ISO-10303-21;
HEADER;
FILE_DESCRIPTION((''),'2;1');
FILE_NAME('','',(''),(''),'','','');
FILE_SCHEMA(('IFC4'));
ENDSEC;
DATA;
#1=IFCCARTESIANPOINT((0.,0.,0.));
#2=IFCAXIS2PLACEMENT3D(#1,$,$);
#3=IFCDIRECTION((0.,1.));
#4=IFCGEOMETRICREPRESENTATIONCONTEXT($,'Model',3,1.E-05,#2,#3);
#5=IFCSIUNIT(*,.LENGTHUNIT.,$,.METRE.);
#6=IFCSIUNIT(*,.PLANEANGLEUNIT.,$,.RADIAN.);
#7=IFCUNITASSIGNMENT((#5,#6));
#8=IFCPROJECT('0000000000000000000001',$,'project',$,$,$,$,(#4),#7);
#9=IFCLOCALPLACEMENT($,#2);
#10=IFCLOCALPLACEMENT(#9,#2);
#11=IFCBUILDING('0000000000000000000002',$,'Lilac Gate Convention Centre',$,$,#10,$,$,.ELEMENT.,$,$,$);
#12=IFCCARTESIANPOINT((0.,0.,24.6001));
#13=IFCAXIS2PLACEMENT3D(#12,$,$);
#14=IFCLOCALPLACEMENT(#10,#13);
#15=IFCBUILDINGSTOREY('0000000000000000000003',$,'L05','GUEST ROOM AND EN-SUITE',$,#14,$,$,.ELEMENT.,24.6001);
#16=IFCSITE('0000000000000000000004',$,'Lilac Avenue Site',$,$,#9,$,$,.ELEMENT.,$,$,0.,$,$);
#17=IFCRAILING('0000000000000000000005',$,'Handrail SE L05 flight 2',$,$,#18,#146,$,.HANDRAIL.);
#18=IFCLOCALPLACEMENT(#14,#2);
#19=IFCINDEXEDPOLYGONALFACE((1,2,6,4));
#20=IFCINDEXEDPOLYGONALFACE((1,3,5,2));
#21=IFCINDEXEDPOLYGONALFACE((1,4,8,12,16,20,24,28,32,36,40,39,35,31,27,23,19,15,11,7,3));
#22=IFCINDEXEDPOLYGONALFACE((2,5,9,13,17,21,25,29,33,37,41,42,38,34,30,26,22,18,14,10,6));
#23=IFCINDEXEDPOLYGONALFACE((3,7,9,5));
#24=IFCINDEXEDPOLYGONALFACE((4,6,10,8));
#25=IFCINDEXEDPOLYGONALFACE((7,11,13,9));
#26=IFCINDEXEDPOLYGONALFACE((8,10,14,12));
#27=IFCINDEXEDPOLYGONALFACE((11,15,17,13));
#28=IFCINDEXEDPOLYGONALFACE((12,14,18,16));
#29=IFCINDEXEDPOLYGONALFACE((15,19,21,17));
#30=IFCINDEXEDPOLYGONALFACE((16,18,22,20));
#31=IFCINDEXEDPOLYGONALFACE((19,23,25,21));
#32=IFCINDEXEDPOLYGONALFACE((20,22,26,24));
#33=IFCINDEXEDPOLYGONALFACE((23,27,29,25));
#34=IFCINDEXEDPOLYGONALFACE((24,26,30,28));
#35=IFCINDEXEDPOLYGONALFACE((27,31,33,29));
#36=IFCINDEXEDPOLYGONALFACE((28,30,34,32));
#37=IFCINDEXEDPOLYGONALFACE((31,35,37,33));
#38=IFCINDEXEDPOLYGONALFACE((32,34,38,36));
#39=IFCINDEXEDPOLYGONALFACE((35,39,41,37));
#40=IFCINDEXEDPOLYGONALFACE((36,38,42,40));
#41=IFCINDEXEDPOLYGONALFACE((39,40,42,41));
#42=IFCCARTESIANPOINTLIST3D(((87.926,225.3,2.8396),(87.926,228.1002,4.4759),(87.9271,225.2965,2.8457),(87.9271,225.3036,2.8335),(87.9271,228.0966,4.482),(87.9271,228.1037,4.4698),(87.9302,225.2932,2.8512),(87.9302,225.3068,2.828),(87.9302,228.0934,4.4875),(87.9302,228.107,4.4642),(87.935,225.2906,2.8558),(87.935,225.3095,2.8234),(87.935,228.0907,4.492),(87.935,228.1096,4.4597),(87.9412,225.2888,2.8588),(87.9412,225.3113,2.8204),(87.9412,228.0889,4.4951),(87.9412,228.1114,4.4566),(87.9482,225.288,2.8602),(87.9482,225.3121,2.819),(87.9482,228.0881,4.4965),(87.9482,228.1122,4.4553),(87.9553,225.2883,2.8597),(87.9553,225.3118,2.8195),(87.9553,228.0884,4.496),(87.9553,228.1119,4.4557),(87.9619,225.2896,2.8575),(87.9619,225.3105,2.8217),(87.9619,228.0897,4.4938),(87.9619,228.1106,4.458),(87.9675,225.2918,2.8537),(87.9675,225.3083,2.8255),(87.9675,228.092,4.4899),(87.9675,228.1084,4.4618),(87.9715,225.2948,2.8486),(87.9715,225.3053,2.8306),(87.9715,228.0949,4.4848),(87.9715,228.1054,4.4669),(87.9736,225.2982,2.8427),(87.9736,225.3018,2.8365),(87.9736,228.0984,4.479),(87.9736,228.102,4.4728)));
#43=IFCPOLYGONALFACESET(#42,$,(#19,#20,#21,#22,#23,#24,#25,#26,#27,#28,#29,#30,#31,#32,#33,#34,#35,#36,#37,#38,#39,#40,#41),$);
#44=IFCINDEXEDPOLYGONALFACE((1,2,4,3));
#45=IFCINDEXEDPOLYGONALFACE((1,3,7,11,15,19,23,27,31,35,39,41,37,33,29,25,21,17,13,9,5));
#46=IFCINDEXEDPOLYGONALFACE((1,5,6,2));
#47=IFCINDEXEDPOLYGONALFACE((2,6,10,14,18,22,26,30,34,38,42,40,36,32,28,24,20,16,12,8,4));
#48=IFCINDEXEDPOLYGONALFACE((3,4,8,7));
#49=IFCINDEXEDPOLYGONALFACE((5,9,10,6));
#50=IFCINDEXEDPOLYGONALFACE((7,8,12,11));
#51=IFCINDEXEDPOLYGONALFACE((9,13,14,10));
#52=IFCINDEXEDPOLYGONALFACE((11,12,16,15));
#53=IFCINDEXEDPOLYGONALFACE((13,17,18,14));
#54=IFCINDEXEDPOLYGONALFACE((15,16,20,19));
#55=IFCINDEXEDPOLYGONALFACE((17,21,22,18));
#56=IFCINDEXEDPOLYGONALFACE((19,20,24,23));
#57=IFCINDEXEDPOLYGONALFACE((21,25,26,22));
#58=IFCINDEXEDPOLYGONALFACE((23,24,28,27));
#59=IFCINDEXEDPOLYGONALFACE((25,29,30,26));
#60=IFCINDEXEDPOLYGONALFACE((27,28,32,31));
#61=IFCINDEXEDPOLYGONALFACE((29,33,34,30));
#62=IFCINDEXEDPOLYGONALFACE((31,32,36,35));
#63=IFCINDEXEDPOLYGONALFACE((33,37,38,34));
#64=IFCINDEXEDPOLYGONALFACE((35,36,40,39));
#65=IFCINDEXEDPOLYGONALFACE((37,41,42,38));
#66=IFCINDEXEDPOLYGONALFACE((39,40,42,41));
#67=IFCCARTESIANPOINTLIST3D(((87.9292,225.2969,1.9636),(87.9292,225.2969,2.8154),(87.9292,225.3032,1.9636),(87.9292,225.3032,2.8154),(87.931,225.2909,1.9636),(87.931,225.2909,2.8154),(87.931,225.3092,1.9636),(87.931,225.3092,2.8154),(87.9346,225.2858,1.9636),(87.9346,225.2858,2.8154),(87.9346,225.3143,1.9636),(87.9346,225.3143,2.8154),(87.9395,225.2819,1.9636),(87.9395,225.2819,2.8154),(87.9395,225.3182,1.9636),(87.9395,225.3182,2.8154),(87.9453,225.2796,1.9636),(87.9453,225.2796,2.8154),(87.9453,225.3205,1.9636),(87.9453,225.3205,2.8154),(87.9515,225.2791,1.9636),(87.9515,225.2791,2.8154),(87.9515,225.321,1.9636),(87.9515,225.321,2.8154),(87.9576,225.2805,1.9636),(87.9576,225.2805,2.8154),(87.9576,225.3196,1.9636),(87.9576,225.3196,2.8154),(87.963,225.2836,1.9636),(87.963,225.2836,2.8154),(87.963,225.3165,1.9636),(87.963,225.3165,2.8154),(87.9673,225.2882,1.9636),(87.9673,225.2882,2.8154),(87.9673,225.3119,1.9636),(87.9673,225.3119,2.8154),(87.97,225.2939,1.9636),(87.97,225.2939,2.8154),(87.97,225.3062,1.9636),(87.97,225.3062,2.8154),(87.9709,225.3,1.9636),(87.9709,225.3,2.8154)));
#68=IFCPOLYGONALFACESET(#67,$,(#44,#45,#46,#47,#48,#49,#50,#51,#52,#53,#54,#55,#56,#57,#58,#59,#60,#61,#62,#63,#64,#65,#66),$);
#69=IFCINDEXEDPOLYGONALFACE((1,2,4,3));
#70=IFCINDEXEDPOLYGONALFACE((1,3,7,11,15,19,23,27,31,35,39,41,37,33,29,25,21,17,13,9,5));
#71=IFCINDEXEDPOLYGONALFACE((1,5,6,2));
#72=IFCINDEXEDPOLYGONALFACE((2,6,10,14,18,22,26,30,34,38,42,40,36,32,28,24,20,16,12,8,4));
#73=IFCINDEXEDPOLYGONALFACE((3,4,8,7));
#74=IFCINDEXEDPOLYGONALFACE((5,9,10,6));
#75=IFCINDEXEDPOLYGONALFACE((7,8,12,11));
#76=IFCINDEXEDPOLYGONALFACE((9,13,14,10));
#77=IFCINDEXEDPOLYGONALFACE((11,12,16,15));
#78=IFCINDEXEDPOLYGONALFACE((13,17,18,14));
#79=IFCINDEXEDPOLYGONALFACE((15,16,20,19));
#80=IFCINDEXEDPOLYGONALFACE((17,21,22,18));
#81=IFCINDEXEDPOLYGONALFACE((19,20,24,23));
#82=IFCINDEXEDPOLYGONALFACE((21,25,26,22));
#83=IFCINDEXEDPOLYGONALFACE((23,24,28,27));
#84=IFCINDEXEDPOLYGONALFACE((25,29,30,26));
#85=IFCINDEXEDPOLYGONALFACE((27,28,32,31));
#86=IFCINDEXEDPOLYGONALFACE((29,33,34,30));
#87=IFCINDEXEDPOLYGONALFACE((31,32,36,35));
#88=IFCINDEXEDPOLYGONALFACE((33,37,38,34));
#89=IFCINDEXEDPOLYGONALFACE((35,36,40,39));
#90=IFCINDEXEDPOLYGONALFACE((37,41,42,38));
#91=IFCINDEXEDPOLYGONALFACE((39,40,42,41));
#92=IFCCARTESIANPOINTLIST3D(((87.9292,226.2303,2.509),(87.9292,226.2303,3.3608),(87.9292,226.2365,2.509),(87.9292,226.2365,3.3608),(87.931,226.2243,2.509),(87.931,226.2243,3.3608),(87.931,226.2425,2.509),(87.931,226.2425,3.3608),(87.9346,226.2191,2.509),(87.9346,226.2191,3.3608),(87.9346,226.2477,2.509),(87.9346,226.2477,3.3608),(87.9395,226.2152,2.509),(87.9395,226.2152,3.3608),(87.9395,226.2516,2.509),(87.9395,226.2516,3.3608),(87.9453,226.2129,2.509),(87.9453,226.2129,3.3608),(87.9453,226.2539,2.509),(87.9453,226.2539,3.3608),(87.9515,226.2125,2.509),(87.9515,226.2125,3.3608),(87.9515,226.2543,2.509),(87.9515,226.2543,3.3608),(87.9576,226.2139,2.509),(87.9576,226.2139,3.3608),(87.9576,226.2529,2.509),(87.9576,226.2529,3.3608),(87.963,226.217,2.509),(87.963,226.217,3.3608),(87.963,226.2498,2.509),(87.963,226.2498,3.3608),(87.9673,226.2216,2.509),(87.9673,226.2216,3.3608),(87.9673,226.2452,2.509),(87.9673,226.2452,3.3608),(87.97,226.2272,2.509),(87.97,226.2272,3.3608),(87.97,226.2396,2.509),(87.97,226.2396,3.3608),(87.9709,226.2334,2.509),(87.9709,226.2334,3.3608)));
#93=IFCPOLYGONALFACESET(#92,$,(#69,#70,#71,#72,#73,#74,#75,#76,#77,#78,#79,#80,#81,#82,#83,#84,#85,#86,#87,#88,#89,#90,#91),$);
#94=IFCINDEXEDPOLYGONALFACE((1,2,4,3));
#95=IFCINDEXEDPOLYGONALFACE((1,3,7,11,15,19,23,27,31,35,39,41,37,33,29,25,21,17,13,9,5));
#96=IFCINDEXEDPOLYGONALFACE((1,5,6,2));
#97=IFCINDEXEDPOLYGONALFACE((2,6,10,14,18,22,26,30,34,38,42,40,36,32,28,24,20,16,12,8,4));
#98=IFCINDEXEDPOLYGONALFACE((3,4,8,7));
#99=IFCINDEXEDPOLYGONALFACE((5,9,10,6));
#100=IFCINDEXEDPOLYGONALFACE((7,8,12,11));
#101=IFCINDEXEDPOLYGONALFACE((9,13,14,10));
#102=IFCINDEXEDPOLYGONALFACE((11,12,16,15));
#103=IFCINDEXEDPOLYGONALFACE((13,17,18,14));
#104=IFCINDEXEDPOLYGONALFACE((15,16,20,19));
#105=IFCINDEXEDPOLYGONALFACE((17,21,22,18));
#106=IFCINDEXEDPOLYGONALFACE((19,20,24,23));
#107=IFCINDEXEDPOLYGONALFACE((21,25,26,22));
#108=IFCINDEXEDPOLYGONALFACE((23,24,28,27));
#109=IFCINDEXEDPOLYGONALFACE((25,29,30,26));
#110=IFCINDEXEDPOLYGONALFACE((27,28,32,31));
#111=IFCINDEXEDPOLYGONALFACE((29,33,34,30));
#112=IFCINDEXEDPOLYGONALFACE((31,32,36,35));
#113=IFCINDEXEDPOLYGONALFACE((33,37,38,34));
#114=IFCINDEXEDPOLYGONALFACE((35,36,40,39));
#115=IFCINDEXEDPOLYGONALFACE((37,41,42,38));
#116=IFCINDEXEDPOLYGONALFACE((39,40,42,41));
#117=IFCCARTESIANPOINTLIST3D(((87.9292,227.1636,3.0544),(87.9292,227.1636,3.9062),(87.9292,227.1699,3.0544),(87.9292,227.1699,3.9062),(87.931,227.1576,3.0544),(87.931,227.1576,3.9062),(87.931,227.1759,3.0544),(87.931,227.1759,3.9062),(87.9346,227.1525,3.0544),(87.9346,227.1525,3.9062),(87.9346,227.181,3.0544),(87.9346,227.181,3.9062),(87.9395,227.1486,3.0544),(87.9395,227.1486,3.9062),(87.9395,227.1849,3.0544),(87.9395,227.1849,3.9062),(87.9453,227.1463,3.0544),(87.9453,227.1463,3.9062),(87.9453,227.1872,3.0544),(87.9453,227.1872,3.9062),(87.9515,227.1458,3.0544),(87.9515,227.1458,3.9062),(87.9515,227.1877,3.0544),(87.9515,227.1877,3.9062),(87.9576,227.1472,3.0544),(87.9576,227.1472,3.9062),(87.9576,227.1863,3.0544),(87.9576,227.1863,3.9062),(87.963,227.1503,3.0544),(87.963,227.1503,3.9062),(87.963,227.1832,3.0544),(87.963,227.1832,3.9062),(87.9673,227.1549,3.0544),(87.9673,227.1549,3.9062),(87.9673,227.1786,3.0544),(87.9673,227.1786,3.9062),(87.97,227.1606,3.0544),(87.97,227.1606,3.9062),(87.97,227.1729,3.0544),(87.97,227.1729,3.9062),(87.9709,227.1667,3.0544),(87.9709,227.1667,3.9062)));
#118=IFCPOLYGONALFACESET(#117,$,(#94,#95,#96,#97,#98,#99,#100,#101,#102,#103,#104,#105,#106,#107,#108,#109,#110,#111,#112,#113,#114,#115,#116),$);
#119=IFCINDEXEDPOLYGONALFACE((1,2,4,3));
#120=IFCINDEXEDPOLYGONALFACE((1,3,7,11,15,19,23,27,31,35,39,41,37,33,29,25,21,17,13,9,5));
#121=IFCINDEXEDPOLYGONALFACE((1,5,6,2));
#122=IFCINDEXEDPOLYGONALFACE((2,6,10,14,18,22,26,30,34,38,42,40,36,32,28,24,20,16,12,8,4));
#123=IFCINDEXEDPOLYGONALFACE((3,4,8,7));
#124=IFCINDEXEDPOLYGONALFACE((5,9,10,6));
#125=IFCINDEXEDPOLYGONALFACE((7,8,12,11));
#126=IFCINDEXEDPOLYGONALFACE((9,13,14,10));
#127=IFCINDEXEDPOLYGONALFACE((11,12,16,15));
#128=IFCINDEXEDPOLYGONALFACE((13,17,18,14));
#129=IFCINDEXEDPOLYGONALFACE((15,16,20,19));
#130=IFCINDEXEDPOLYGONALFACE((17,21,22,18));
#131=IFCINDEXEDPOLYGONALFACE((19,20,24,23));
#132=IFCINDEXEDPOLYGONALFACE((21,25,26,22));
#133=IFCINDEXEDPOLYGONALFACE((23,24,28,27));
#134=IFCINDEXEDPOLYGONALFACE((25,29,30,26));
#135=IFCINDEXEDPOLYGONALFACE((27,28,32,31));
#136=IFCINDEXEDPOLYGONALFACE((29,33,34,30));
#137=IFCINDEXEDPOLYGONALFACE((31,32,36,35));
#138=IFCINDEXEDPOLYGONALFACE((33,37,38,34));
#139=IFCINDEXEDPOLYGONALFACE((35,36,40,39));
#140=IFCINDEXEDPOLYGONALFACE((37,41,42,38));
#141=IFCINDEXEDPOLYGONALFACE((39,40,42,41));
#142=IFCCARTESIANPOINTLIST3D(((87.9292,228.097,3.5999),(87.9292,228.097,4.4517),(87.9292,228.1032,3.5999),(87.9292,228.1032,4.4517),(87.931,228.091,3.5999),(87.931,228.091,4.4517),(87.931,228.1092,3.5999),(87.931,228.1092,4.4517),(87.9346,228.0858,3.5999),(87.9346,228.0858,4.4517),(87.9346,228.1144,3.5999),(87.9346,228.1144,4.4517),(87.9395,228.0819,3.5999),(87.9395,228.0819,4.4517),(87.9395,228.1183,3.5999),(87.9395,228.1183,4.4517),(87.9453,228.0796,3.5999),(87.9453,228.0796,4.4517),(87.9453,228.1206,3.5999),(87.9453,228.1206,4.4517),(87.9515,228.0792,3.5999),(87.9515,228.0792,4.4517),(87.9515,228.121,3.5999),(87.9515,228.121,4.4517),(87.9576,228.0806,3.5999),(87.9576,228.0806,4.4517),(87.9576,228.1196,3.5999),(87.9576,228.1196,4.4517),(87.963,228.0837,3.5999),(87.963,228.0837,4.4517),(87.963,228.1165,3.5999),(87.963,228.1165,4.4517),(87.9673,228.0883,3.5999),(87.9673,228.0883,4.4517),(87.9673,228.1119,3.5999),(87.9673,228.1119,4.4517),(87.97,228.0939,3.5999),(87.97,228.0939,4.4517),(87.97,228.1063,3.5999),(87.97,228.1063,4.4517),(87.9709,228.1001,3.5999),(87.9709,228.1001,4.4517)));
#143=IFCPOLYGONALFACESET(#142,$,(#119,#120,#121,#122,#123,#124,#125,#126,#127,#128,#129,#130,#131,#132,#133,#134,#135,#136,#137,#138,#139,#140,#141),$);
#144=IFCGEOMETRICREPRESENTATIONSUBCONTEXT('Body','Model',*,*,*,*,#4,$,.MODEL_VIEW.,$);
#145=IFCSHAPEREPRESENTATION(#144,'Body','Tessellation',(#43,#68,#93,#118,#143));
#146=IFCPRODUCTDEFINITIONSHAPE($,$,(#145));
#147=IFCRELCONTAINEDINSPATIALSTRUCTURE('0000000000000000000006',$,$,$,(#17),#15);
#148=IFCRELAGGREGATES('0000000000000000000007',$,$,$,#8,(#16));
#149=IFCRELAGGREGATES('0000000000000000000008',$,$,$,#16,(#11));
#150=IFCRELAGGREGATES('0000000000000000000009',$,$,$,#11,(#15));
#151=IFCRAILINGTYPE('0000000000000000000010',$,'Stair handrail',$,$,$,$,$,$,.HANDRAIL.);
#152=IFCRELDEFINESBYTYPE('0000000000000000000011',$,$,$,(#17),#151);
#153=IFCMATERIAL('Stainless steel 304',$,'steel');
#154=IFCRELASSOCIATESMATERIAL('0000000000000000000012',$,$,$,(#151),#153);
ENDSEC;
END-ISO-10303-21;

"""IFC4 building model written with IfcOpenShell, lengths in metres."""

from ifc_helpers import new_model, si_unit, direction, frame, origin, origin_2d, place, context, subcontext, project, spatial, circle, extrude, material, type_object, element, save


model = new_model("IFC4")

# Units and contexts
model_context = context("Model", 3, precision=1e-05, world=origin(), true_north=direction((0.0, 1.0)))
body_context = subcontext(model_context, "Body", "Model", "MODEL_VIEW")
ifc_project = project(units=[si_unit("LENGTHUNIT", "METRE"), si_unit("PLANEANGLEUNIT", "RADIAN")], contexts=[model_context])

# Site, building, storey
site_placement = place(None, origin())
site = spatial("IfcSite", under=ifc_project, at=site_placement, Name="Lilac Avenue Site", CompositionType="ELEMENT", RefElevation=0.0)
building_placement = place(site_placement, origin())
building = spatial("IfcBuilding", under=site, at=building_placement, Name="Lilac Gate Convention Centre", CompositionType="ELEMENT")
storey_placement = place(building_placement, frame((0.0, 0.0, 24.6001)))
storey = spatial("IfcBuildingStorey", under=building, at=storey_placement, Name="L05", Description="GUEST ROOM AND EN-SUITE", CompositionType="ELEMENT", Elevation=24.6001)

# Railing
ifc_material_1 = material(Name="Stainless steel 304", Category="steel")
railing_type = type_object("IfcRailingType", Name="Stair handrail", PredefinedType="HANDRAIL", material=ifc_material_1)
for number, where, name in (
    (1, (87.95, 225.3, 1.9636), "Handrail SE L05 flight 2"),
):
    element("IfcRailing", number, at=place(storey_placement, frame(where)), inside=storey, type_object=railing_type, Name=name, PredefinedType="HANDRAIL", context=body_context, shape_type="SweptSolid", body=[
        extrude(circle(Radius=0.0239, at=origin_2d()), frame((0.0, 0.0, 0.876), z_axis=(0.0, 0.863394, 0.504531), x_axis=(-1.0, 0.0, 0.0)), (0.0, 0.0, 1.0), 3.2432),
        extrude(circle(Radius=0.021, at=origin_2d()), origin(), (0.0, 0.0, 1.0), 0.8518),
        extrude(circle(Radius=0.021, at=origin_2d()), frame((0.0, 0.9333, 0.5454)), (0.0, 0.0, 1.0), 0.8518),
        extrude(circle(Radius=0.021, at=origin_2d()), frame((0.0, 1.8667, 1.0908)), (0.0, 0.0, 1.0), 0.8518),
        extrude(circle(Radius=0.021, at=origin_2d()), frame((0.0, 2.8, 1.6362)), (0.0, 0.0, 1.0), 0.8518),
    ])

save(model, "model.ifc")
